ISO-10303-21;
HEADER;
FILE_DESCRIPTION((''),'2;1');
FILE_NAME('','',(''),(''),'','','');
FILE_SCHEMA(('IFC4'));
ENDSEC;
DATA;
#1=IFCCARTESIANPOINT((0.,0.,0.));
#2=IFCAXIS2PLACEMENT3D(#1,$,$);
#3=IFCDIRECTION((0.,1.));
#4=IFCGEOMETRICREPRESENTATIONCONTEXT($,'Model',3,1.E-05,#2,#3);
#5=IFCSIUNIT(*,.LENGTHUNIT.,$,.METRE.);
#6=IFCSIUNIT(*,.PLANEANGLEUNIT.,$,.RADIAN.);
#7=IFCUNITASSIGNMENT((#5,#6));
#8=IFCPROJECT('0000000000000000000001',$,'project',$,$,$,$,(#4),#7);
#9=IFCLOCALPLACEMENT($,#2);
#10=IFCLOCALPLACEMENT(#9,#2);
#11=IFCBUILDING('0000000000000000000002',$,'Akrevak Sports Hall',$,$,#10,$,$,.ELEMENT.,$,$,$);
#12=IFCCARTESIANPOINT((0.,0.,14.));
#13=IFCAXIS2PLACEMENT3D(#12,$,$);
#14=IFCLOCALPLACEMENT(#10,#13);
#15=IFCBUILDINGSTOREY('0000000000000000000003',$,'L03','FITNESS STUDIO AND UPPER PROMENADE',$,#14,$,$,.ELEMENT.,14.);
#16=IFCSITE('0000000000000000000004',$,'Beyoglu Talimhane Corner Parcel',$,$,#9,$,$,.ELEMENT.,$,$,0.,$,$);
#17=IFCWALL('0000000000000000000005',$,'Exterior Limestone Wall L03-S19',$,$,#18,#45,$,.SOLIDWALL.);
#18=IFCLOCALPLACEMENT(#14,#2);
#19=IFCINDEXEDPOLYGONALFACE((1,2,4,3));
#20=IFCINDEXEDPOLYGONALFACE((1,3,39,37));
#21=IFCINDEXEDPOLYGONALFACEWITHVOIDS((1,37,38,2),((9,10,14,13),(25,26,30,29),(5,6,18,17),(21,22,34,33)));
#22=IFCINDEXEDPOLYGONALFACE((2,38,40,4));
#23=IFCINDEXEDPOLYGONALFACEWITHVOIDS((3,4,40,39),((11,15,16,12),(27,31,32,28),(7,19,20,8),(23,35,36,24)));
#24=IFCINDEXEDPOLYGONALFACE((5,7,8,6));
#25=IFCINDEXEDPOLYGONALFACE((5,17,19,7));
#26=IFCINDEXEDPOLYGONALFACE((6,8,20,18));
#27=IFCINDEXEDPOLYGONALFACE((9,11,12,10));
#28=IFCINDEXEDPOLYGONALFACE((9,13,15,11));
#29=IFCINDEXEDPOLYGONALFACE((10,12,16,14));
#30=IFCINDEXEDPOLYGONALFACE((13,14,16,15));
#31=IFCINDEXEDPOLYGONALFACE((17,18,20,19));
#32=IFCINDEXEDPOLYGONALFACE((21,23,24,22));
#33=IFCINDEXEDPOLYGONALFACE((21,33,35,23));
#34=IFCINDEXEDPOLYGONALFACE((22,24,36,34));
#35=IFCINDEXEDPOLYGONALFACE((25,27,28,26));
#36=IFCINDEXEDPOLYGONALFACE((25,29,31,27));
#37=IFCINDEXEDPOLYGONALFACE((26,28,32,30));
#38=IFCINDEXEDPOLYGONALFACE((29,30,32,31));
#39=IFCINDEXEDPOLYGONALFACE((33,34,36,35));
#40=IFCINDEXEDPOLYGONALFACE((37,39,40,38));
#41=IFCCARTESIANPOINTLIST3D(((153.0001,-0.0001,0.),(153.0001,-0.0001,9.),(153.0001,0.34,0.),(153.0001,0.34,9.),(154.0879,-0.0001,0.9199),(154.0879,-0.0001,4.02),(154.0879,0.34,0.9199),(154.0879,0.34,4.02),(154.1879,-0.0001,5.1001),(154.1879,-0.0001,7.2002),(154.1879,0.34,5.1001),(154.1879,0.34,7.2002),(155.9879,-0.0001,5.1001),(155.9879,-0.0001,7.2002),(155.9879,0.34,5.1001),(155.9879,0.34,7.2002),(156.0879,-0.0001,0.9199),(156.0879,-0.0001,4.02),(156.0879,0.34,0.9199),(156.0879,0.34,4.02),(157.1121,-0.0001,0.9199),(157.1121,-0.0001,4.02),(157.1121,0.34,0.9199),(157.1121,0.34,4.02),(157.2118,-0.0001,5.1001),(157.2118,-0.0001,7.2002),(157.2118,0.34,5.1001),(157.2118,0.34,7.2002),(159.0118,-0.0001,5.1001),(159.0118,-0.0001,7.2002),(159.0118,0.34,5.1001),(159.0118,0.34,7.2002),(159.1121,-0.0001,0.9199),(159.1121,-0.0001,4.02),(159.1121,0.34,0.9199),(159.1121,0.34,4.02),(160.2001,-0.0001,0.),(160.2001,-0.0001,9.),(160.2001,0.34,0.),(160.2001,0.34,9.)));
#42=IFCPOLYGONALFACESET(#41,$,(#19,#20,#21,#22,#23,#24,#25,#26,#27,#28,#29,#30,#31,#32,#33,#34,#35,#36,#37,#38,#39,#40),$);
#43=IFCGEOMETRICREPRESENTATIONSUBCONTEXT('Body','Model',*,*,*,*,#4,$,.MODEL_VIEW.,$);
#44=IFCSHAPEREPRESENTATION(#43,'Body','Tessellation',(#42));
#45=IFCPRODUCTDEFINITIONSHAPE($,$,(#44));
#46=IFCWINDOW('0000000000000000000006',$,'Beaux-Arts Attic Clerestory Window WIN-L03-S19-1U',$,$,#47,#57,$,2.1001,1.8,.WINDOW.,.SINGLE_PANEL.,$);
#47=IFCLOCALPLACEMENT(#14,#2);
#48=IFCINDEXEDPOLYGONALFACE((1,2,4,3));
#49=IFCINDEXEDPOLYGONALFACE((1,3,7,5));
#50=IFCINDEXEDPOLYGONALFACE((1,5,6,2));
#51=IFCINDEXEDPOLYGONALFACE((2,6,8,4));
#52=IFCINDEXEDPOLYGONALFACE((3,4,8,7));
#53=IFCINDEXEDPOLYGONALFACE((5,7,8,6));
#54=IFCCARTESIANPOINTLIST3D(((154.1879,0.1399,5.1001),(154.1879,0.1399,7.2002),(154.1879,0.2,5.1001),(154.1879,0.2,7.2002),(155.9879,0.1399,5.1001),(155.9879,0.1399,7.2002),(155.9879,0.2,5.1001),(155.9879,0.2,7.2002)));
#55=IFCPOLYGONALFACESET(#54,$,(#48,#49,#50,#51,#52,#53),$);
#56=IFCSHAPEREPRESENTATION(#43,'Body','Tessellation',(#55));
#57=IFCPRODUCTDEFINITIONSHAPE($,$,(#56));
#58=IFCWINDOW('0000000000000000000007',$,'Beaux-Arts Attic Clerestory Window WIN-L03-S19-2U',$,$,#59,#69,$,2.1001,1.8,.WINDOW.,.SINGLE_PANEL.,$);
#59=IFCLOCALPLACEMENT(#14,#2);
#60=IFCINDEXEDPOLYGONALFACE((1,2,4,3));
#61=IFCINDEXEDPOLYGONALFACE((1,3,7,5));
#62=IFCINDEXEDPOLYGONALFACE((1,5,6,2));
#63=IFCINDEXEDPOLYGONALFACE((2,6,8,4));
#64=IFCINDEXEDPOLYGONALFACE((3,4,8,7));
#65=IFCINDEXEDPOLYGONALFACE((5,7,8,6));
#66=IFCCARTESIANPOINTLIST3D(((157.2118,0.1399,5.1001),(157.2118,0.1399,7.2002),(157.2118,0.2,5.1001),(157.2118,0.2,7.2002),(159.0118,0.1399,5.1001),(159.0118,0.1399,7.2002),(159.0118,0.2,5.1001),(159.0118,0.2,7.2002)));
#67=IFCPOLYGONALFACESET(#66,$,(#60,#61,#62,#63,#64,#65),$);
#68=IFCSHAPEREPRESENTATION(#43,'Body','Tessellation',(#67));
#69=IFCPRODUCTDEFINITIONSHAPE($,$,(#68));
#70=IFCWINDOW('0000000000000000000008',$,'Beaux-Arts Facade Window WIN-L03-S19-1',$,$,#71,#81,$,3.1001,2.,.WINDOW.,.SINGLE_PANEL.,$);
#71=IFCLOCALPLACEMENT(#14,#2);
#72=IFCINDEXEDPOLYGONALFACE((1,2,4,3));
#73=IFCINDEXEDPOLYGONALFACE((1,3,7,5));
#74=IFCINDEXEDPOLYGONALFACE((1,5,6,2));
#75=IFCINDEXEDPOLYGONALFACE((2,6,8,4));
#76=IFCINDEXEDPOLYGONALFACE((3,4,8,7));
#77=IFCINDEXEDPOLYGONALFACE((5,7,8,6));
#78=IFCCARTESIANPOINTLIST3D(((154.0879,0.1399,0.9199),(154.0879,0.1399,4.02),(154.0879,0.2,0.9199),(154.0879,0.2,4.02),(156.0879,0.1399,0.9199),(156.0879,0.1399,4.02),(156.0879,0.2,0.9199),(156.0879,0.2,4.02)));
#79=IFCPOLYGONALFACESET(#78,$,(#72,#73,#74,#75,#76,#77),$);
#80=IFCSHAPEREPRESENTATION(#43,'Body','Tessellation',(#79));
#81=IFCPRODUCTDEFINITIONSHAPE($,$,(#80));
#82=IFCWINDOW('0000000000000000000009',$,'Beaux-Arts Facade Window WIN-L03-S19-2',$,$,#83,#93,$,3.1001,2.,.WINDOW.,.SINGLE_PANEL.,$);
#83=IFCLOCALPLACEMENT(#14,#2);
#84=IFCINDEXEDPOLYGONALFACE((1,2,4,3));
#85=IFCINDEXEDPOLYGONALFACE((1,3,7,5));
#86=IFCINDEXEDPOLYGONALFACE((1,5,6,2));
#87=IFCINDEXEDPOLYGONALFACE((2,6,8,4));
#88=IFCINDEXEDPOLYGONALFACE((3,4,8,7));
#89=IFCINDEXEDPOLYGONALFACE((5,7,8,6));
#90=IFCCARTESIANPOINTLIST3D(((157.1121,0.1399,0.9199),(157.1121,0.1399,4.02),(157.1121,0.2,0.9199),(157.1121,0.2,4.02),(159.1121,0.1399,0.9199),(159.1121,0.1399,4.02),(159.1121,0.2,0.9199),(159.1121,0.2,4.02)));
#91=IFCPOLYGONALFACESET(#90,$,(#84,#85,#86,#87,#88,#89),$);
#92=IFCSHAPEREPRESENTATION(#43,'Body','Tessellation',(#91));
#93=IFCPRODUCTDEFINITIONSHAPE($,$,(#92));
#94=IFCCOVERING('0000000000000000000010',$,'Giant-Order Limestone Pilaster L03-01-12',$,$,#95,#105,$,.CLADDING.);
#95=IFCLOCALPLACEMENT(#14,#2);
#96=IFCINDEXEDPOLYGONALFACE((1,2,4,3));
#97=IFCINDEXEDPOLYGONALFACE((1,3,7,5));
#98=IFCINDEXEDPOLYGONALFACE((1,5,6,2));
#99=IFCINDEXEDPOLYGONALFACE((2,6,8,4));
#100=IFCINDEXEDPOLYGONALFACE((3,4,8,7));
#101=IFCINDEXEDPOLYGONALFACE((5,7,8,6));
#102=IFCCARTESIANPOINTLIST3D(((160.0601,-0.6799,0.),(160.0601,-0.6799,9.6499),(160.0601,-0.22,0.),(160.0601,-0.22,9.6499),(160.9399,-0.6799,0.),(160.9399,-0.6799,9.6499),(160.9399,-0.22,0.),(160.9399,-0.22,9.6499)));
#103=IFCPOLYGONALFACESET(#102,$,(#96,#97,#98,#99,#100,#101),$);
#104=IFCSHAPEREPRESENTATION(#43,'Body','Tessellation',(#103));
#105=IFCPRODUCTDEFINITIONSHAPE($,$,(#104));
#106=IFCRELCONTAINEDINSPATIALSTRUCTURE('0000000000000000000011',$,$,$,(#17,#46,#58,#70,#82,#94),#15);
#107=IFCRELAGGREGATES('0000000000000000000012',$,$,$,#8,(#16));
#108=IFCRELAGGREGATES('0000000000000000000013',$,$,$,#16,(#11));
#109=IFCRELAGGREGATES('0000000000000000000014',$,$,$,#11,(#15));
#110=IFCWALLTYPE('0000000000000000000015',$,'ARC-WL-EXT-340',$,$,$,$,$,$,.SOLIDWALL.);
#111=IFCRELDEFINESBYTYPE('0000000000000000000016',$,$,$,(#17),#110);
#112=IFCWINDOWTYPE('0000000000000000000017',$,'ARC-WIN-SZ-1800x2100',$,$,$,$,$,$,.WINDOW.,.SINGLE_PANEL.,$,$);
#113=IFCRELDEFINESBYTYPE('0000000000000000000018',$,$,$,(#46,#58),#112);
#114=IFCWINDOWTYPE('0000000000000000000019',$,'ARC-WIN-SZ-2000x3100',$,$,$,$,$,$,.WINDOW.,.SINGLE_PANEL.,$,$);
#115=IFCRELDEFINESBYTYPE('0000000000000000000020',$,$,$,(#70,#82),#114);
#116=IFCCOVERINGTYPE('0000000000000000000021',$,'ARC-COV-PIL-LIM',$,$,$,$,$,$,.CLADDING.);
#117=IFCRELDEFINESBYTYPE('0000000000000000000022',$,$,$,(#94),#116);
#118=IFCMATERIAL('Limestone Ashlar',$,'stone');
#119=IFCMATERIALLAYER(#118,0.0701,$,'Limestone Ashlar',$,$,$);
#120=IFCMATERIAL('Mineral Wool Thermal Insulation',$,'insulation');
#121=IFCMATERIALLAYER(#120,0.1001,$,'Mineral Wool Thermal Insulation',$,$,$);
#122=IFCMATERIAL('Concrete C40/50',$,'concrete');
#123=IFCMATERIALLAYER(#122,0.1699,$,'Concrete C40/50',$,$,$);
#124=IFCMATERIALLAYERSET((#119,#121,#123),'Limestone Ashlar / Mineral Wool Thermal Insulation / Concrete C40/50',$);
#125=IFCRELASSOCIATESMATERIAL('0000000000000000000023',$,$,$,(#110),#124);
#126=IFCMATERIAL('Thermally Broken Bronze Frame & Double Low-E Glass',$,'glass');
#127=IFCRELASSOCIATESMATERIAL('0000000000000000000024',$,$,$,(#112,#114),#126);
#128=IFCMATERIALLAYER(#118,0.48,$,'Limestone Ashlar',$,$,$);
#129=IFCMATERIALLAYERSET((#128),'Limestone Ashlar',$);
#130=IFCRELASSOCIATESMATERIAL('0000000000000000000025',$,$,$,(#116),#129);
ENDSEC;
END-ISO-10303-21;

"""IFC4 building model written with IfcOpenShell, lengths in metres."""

from ifc_helpers import new_model, si_unit, direction, frame, frame_2d, origin, origin_2d, place, context, subcontext, project, spatial, rectangle, extrude, material, layer, layer_set, type_object, element, fill, save


model = new_model("IFC4")

# Units and contexts
model_context = context("Model", 3, precision=1e-05, world=origin(), true_north=direction((0.0, 1.0)))
body_context = subcontext(model_context, "Body", "Model", "MODEL_VIEW")
ifc_project = project(units=[si_unit("LENGTHUNIT", "METRE"), si_unit("PLANEANGLEUNIT", "RADIAN")], contexts=[model_context])

# Site, building, storey
site_placement = place(None, origin())
site = spatial("IfcSite", under=ifc_project, at=site_placement, Name="Beyoglu Talimhane Corner Parcel", CompositionType="ELEMENT", RefElevation=0.0)
building_placement = place(site_placement, origin())
building = spatial("IfcBuilding", under=site, at=building_placement, Name="Akrevak Sports Hall", CompositionType="ELEMENT")
storey_placement = place(building_placement, frame((0.0, 0.0, 14.0)))
storey = spatial("IfcBuildingStorey", under=building, at=storey_placement, Name="L03", Description="FITNESS STUDIO AND UPPER PROMENADE", CompositionType="ELEMENT", Elevation=14.0)

# Shared definitions
ifc_material_1 = material(Name="Concrete C40/50", Category="concrete")

# Wall, openings, windows
ifc_material_2 = material(Name="Limestone Ashlar", Category="stone")
ifc_layer_1 = layer(ifc_material_2, 0.0701, Name="Limestone Ashlar")
ifc_material_3 = material(Name="Mineral Wool Thermal Insulation", Category="insulation")
ifc_layer_2 = layer(ifc_material_3, 0.1001, Name="Mineral Wool Thermal Insulation")
ifc_layer_3 = layer(ifc_material_1, 0.1699, Name="Concrete C40/50")
ifc_layer_set_1 = layer_set([ifc_layer_1, ifc_layer_2, ifc_layer_3], Name="Limestone Ashlar / Mineral Wool Thermal Insulation / Concrete C40/50")
wall_type = type_object("IfcWallType", Name="ARC-WL-EXT-340", PredefinedType="SOLIDWALL", material=ifc_layer_set_1)
ifc_material_4 = material(Name="Thermally Broken Bronze Frame & Double Low-E Glass", Category="glass")
window_type_1 = type_object("IfcWindowType", Name="ARC-WIN-SZ-1800x2100", PartitioningType="SINGLE_PANEL", PredefinedType="WINDOW", material=ifc_material_4)
window_type_2 = type_object("IfcWindowType", Name="ARC-WIN-SZ-2000x3100", PartitioningType="SINGLE_PANEL", PredefinedType="WINDOW", material=ifc_material_4)
wall_1_placement = place(storey_placement, frame((153.0, 0.1699, 0.0), z_axis=(0.0, 0.0, 1.0), x_axis=(1.0, 0.0, 0.0)))
wall_1 = element("IfcWall", 1, at=wall_1_placement, inside=storey, type_object=wall_type, Name="Exterior Limestone Wall L03-S19", PredefinedType="SOLIDWALL", context=body_context, shape_type="SweptSolid", body=[
    extrude(rectangle(XDim=7.2, YDim=0.3401, at=frame_2d((3.6001, 0.0))), origin(), (0.0, 0.0, 1.0), 9.0),
])
opening_1_placement = place(wall_1_placement, frame((1.0879, 0.0, 0.9199)))
opening_1 = element("IfcOpeningElement", 2, at=opening_1_placement, cuts=wall_1, PredefinedType="OPENING", context=body_context, shape_type="SweptSolid", body=[
    extrude(rectangle(XDim=2.0, YDim=3.1001, at=frame_2d((1.0, 1.55))), frame((0.0, 0.1821, 0.0), z_axis=(0.0, -1.0, 0.0), x_axis=(1.0, 0.0, 0.0)), (0.0, 0.0, 1.0), 0.364),
])
opening_2_placement = place(wall_1_placement, frame((1.188, 0.0, 5.1001)))
opening_2 = element("IfcOpeningElement", 3, at=opening_2_placement, cuts=wall_1, PredefinedType="OPENING", context=body_context, shape_type="SweptSolid", body=[
    extrude(rectangle(XDim=1.8, YDim=2.1001, at=frame_2d((0.8999, 1.05))), frame((0.0, 0.1821, 0.0), z_axis=(0.0, -1.0, 0.0), x_axis=(1.0, 0.0, 0.0)), (0.0, 0.0, 1.0), 0.364),
])
opening_3_placement = place(wall_1_placement, frame((4.1121, 0.0, 0.9199)))
opening_3 = element("IfcOpeningElement", 4, at=opening_3_placement, cuts=wall_1, PredefinedType="OPENING", context=body_context, shape_type="SweptSolid", body=[
    extrude(rectangle(XDim=2.0, YDim=3.1001, at=frame_2d((1.0, 1.55))), frame((0.0, 0.1821, 0.0), z_axis=(0.0, -1.0, 0.0), x_axis=(1.0, 0.0, 0.0)), (0.0, 0.0, 1.0), 0.364),
])
opening_4_placement = place(wall_1_placement, frame((4.2119, 0.0, 5.1001)))
opening_4 = element("IfcOpeningElement", 5, at=opening_4_placement, cuts=wall_1, PredefinedType="OPENING", context=body_context, shape_type="SweptSolid", body=[
    extrude(rectangle(XDim=1.8, YDim=2.1001, at=frame_2d((0.8999, 1.05))), frame((0.0, 0.1821, 0.0), z_axis=(0.0, -1.0, 0.0), x_axis=(1.0, 0.0, 0.0)), (0.0, 0.0, 1.0), 0.364),
])
window_1_placement = place(opening_2_placement, origin())
window_1 = element("IfcWindow", 6, at=window_1_placement, inside=storey, type_object=window_type_1, Name="Beaux-Arts Attic Clerestory Window WIN-L03-S19-1U", OverallHeight=2.1001, OverallWidth=1.8, PartitioningType="SINGLE_PANEL", PredefinedType="WINDOW", context=body_context, shape_type="SweptSolid", body=[
    extrude(rectangle(XDim=1.8, YDim=2.1001, at=frame_2d((0.8999, 1.05))), frame((0.0, 0.03, 0.0), z_axis=(0.0, -1.0, 0.0), x_axis=(1.0, 0.0, 0.0)), (0.0, 0.0, 1.0), 0.0601),
])
fill(opening_2, window_1)
window_2_placement = place(opening_4_placement, origin())
window_2 = element("IfcWindow", 7, at=window_2_placement, inside=storey, type_object=window_type_1, Name="Beaux-Arts Attic Clerestory Window WIN-L03-S19-2U", OverallHeight=2.1001, OverallWidth=1.8, PartitioningType="SINGLE_PANEL", PredefinedType="WINDOW", context=body_context, shape_type="SweptSolid", body=[
    extrude(rectangle(XDim=1.8, YDim=2.1001, at=frame_2d((0.8999, 1.05))), frame((0.0, 0.03, 0.0), z_axis=(0.0, -1.0, 0.0), x_axis=(1.0, 0.0, 0.0)), (0.0, 0.0, 1.0), 0.0601),
])
fill(opening_4, window_2)
window_3_placement = place(opening_1_placement, origin())
window_3 = element("IfcWindow", 8, at=window_3_placement, inside=storey, type_object=window_type_2, Name="Beaux-Arts Facade Window WIN-L03-S19-1", OverallHeight=3.1001, OverallWidth=2.0, PartitioningType="SINGLE_PANEL", PredefinedType="WINDOW", context=body_context, shape_type="SweptSolid", body=[
    extrude(rectangle(XDim=2.0, YDim=3.1001, at=frame_2d((1.0, 1.55))), frame((0.0, 0.03, 0.0), z_axis=(0.0, -1.0, 0.0), x_axis=(1.0, 0.0, 0.0)), (0.0, 0.0, 1.0), 0.0601),
])
fill(opening_1, window_3)
window_4_placement = place(opening_3_placement, origin())
window_4 = element("IfcWindow", 9, at=window_4_placement, inside=storey, type_object=window_type_2, Name="Beaux-Arts Facade Window WIN-L03-S19-2", OverallHeight=3.1001, OverallWidth=2.0, PartitioningType="SINGLE_PANEL", PredefinedType="WINDOW", context=body_context, shape_type="SweptSolid", body=[
    extrude(rectangle(XDim=2.0, YDim=3.1001, at=frame_2d((1.0, 1.55))), frame((0.0, 0.03, 0.0), z_axis=(0.0, -1.0, 0.0), x_axis=(1.0, 0.0, 0.0)), (0.0, 0.0, 1.0), 0.0601),
])
fill(opening_3, window_4)

# Covering
ifc_layer_4 = layer(ifc_material_2, 0.48, Name="Limestone Ashlar")
ifc_layer_set_2 = layer_set([ifc_layer_4], Name="Limestone Ashlar")
covering_type = type_object("IfcCoveringType", Name="ARC-COV-PIL-LIM", PredefinedType="CLADDING", material=ifc_layer_set_2)
covering_placement = place(storey_placement, frame((160.5, -0.45, 0.0), z_axis=(0.0, 0.0, 1.0), x_axis=(1.0, 0.0, 0.0)))
element("IfcCovering", 10, at=covering_placement, inside=storey, type_object=covering_type, Name="Giant-Order Limestone Pilaster L03-01-12", PredefinedType="CLADDING", context=body_context, shape_type="SweptSolid", body=[
    extrude(rectangle(XDim=0.8799, YDim=0.46, at=origin_2d()), origin(), (0.0, 0.0, 1.0), 9.6499),
])

save(model, "model.ifc")
